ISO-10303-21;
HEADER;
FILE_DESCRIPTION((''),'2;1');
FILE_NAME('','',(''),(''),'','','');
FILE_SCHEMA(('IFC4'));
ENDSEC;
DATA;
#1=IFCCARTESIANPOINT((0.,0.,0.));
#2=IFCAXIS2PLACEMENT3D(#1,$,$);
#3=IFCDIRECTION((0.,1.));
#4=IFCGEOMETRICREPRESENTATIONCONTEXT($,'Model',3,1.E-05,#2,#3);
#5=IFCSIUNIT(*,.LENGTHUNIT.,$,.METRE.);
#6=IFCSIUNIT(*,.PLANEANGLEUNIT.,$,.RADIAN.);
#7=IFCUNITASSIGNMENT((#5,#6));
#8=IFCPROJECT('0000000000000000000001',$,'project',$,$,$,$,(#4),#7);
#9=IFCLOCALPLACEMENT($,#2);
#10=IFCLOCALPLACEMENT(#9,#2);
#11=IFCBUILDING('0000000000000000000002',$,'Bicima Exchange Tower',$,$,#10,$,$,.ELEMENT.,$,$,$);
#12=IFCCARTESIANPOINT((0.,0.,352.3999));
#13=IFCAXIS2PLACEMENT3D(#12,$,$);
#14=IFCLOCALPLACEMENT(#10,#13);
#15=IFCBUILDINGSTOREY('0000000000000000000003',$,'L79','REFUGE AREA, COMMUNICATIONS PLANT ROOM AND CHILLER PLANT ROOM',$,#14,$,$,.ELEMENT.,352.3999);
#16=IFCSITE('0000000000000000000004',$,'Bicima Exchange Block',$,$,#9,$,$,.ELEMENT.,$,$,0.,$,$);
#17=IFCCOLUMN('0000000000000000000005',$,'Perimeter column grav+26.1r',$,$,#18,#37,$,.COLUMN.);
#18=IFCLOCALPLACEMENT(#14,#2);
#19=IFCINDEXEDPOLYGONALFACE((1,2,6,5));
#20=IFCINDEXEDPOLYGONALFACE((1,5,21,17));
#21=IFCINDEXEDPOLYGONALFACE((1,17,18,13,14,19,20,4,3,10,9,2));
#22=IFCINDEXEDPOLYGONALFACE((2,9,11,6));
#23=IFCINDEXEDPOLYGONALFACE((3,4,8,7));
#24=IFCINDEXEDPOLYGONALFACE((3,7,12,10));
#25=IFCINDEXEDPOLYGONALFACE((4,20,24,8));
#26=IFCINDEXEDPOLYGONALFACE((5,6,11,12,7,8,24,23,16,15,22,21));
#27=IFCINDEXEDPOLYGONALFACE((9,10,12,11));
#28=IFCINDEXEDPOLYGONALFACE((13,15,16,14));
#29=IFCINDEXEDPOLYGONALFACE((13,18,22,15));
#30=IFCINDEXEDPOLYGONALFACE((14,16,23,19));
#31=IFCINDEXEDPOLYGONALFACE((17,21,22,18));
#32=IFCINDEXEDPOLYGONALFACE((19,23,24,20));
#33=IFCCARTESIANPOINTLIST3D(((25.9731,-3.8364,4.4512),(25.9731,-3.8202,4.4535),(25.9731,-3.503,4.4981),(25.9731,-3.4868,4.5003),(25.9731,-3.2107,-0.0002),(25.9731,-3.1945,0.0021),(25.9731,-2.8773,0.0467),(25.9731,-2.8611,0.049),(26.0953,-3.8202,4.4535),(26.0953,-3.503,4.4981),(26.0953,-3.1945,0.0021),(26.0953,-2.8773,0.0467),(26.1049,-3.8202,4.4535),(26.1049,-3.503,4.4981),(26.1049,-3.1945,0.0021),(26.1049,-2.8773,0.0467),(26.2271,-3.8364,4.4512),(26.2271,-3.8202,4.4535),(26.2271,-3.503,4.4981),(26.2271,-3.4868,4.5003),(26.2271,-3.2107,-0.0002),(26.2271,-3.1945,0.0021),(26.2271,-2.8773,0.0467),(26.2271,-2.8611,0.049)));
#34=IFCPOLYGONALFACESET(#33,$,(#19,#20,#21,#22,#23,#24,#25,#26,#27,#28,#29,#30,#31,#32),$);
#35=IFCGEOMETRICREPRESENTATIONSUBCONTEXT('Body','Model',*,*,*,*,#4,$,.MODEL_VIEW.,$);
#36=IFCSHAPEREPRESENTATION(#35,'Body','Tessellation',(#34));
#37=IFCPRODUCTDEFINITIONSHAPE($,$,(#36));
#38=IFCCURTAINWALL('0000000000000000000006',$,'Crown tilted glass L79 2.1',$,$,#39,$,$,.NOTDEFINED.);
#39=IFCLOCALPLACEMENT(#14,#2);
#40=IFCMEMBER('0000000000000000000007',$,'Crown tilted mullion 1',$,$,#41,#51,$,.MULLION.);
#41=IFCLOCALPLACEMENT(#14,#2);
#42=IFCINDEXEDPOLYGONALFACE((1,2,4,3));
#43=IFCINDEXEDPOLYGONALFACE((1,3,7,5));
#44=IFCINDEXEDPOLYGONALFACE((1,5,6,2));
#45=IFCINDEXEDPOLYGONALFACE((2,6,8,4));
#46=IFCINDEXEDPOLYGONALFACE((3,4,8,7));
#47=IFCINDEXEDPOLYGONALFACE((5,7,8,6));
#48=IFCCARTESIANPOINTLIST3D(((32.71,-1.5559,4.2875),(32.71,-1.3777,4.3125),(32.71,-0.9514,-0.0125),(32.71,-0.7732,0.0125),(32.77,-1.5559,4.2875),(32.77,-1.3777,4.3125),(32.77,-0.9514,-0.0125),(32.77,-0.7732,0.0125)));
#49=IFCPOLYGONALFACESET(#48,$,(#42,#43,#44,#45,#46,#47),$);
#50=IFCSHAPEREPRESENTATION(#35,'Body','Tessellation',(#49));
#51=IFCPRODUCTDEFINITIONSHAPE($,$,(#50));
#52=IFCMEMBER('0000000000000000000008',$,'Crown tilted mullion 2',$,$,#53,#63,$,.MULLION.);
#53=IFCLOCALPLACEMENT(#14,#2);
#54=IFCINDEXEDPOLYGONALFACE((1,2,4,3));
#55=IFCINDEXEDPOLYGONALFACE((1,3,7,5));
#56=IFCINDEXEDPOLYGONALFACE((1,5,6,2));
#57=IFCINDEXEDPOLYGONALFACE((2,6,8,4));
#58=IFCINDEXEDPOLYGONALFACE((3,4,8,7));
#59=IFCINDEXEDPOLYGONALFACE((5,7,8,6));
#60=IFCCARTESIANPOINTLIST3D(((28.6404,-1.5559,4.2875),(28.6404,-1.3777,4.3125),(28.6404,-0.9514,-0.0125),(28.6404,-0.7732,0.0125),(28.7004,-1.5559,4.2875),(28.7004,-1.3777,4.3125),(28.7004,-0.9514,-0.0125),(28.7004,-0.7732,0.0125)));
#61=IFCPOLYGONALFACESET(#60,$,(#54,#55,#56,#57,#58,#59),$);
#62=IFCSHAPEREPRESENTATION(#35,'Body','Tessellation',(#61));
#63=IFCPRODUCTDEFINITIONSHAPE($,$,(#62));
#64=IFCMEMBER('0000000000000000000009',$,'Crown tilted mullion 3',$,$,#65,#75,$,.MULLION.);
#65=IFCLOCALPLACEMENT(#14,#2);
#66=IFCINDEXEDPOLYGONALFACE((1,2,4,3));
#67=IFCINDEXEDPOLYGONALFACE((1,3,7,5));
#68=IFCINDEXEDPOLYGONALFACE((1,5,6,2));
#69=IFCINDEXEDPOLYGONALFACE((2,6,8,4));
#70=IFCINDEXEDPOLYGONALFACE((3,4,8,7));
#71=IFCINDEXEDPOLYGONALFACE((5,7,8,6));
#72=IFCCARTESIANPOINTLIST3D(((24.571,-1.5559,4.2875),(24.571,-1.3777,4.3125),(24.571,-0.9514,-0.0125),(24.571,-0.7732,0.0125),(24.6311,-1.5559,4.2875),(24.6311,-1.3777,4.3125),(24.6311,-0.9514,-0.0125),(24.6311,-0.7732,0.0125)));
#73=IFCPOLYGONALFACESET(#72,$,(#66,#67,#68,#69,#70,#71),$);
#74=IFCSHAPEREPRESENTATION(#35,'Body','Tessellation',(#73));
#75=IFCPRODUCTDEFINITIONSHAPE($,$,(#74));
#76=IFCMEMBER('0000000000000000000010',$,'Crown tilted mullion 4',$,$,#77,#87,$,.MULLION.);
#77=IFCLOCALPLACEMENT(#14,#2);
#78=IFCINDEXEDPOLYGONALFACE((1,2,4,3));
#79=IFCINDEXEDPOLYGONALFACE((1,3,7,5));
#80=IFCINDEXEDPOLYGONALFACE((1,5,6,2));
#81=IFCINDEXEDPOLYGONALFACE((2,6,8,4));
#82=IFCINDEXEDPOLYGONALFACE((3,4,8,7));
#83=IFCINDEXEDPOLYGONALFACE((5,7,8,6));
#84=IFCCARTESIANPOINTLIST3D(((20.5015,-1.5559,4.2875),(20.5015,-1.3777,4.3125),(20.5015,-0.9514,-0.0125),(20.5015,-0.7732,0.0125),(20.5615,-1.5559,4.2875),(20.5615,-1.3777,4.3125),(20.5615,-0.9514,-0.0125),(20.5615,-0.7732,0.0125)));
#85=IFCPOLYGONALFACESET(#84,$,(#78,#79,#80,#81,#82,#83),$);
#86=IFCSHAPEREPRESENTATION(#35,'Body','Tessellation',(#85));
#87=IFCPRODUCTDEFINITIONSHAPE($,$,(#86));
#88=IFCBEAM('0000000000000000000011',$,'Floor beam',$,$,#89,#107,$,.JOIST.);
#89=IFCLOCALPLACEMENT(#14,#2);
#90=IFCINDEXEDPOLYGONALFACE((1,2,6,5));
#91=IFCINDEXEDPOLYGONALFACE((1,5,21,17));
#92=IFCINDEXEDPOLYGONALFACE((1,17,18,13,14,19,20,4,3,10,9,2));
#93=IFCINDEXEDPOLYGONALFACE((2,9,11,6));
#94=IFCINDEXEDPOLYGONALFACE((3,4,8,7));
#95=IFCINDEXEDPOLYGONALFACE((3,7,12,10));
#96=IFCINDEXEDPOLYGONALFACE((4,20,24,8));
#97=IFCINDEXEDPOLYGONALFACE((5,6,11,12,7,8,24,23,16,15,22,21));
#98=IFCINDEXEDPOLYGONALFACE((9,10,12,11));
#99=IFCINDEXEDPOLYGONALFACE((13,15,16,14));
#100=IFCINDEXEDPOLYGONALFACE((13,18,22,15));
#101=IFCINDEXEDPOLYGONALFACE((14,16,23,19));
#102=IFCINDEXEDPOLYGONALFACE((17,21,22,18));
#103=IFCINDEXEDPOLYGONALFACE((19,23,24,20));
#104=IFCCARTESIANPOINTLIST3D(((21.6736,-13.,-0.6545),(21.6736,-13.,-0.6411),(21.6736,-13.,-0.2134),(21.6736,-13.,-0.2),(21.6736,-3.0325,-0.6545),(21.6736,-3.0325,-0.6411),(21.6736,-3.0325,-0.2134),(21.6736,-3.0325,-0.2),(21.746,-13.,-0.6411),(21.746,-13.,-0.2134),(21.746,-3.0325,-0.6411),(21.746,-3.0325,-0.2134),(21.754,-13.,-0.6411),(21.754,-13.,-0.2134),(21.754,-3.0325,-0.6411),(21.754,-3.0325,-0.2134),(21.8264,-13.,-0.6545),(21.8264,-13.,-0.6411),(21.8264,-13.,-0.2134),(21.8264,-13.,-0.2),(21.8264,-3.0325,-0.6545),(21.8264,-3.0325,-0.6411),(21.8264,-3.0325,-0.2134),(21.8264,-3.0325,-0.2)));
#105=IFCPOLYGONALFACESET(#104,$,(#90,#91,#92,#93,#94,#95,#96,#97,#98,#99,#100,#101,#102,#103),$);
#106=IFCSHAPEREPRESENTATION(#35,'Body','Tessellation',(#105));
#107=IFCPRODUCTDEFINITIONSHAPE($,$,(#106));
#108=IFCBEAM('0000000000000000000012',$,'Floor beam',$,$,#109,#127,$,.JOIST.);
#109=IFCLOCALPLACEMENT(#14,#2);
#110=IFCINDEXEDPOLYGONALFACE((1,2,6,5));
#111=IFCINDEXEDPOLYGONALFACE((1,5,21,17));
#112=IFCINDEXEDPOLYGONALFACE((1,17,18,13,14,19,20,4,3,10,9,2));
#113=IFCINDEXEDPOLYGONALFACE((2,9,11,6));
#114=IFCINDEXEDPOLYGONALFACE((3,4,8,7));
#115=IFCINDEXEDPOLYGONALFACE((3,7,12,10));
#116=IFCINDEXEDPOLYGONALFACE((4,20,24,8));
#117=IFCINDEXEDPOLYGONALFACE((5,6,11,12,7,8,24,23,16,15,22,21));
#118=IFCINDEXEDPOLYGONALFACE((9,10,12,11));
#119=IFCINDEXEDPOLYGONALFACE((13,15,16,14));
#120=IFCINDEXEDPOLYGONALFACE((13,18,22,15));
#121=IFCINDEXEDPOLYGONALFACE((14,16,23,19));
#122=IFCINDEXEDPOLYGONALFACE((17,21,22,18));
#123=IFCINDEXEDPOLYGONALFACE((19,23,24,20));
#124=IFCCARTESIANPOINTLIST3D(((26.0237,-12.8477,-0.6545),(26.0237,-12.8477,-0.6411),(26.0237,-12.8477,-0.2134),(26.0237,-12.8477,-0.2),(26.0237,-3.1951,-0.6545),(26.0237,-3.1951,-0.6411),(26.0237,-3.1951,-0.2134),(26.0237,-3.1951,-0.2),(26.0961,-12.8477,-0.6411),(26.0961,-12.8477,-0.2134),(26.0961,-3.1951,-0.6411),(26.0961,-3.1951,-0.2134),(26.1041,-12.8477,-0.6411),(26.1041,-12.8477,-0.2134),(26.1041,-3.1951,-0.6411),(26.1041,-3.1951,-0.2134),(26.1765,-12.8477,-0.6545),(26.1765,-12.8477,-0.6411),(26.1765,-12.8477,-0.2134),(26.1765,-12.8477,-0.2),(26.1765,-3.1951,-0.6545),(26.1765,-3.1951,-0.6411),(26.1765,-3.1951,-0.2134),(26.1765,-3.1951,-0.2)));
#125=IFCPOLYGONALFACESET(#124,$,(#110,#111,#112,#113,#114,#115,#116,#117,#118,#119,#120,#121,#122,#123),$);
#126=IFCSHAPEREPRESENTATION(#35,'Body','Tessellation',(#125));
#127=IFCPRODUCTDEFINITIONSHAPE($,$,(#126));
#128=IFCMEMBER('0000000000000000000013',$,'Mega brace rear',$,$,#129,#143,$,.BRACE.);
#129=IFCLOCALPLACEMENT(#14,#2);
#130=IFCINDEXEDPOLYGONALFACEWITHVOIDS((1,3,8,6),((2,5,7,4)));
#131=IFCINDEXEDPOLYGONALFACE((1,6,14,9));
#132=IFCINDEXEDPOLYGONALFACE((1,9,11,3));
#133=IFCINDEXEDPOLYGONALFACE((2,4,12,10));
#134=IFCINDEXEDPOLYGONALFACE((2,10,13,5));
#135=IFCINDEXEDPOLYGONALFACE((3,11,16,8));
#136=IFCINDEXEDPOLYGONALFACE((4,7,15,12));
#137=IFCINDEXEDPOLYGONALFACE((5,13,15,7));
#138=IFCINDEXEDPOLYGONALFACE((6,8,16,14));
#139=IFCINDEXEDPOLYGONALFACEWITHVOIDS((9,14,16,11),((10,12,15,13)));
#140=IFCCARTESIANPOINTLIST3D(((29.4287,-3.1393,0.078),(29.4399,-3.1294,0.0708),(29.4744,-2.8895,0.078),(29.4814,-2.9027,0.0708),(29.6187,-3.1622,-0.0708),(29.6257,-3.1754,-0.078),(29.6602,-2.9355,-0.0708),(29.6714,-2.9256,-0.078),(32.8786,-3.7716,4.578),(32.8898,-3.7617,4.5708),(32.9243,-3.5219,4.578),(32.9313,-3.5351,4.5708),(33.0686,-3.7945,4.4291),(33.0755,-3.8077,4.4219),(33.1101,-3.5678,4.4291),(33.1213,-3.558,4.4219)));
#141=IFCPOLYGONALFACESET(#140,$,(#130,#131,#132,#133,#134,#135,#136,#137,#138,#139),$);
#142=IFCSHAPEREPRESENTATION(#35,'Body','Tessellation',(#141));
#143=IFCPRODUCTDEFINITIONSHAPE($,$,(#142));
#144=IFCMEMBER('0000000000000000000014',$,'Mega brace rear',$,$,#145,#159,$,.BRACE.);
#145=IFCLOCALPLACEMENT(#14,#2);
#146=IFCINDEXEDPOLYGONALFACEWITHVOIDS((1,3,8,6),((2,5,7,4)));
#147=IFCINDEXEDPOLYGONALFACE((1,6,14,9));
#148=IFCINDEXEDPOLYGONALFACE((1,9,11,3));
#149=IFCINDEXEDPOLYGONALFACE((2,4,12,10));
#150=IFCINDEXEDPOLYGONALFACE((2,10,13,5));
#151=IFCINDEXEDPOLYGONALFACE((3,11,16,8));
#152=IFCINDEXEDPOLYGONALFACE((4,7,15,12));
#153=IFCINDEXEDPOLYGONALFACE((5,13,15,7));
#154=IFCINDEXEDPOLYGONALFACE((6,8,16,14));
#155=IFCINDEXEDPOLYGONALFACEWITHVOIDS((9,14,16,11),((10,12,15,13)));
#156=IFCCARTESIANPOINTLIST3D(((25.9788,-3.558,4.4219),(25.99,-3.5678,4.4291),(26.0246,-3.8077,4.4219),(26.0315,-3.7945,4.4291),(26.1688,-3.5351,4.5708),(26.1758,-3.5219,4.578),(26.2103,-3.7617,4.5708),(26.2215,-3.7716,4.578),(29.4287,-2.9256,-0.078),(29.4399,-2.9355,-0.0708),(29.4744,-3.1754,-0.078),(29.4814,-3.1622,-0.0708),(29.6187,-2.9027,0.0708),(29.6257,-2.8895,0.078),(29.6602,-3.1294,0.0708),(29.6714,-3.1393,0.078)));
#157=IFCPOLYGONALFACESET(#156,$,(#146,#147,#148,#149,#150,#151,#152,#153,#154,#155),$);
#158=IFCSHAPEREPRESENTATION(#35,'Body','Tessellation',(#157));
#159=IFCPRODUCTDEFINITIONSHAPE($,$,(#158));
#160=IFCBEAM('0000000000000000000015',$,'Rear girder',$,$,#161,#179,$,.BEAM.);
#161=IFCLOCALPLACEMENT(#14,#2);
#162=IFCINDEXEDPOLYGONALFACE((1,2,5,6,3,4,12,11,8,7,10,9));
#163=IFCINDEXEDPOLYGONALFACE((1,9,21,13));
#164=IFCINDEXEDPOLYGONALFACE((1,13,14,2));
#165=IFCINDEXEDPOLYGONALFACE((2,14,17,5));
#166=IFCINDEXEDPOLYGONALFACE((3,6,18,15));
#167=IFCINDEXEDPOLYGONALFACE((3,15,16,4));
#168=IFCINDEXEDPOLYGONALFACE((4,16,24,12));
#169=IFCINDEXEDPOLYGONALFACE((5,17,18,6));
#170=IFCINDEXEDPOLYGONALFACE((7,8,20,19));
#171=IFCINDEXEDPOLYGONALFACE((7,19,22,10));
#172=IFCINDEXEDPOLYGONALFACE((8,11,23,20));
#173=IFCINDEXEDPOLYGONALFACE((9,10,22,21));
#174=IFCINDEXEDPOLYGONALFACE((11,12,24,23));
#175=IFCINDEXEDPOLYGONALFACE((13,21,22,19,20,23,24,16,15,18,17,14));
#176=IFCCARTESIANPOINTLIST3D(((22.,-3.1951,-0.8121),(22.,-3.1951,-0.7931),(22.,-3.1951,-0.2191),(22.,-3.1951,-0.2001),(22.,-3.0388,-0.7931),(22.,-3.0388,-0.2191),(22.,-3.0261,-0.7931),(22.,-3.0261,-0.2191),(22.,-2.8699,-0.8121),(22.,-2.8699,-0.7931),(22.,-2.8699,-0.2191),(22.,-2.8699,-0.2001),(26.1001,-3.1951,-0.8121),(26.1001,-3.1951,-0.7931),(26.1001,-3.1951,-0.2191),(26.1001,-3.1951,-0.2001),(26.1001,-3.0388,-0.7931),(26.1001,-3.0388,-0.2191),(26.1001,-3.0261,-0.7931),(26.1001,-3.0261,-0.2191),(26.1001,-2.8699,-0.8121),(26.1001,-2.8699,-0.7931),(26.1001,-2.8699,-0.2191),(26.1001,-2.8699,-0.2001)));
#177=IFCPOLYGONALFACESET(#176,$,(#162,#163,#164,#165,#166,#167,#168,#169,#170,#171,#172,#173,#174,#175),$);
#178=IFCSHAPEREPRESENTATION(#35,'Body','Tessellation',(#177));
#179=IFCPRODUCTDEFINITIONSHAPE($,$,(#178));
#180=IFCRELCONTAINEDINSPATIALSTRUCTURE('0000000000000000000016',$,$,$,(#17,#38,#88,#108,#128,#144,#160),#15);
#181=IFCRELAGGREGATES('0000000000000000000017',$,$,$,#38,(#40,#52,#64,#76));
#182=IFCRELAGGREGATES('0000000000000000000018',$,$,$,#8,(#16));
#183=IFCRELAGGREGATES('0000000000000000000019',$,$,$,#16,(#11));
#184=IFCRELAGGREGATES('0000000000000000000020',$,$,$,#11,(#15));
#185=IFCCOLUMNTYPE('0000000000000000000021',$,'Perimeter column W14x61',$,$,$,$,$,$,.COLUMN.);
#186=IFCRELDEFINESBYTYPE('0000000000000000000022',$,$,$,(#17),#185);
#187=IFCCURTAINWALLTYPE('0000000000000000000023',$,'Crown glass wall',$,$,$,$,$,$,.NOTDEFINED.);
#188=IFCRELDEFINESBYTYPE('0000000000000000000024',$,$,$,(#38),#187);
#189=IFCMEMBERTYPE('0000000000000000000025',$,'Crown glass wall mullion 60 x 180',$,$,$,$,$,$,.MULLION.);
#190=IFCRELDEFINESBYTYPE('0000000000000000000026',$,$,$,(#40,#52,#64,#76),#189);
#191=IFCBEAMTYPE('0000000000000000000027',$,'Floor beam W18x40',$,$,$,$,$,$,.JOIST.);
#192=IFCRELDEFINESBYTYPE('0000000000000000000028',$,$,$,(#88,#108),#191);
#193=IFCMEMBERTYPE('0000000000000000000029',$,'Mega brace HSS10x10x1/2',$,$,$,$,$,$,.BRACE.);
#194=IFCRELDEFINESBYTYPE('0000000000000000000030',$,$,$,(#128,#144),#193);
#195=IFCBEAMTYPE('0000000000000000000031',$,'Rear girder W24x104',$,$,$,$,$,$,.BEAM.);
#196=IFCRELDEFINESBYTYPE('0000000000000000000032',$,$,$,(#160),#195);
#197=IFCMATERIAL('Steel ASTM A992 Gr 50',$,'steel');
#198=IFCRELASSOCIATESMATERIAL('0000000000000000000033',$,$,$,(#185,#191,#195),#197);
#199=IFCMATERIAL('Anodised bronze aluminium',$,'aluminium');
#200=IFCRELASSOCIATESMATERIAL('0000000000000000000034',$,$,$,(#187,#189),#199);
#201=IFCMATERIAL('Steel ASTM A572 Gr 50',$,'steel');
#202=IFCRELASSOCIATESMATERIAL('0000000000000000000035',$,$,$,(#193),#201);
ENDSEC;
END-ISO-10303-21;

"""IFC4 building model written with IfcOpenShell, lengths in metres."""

from ifc_helpers import new_model, si_unit, direction, frame, origin, origin_2d, place, context, subcontext, project, spatial, rectangle, hollow_rectangle, i_section, extrude, material, material_profile, profile_set, type_object, element, aggregate, save


model = new_model("IFC4")

# Units and contexts
model_context = context("Model", 3, precision=1e-05, world=origin(), true_north=direction((0.0, 1.0)))
body_context = subcontext(model_context, "Body", "Model", "MODEL_VIEW")
ifc_project = project(units=[si_unit("LENGTHUNIT", "METRE"), si_unit("PLANEANGLEUNIT", "RADIAN")], contexts=[model_context])

# Site, building, storey
site_placement = place(None, origin())
site = spatial("IfcSite", under=ifc_project, at=site_placement, Name="Bicima Exchange Block", CompositionType="ELEMENT", RefElevation=0.0)
building_placement = place(site_placement, origin())
building = spatial("IfcBuilding", under=site, at=building_placement, Name="Bicima Exchange Tower", CompositionType="ELEMENT")
storey_placement = place(building_placement, frame((0.0, 0.0, 352.3999)))
storey = spatial("IfcBuildingStorey", under=building, at=storey_placement, Name="L79", Description="REFUGE AREA, COMMUNICATIONS PLANT ROOM AND CHILLER PLANT ROOM", CompositionType="ELEMENT", Elevation=352.3999)

# Column
ifc_material_1 = material(Name="Steel ASTM A992 Gr 50", Category="steel")
ifc_material_profile_1 = material_profile(ifc_material_1, i_section(OverallWidth=0.2539, OverallDepth=0.353, WebThickness=0.0095, FlangeThickness=0.0164, at=origin_2d()))
ifc_profile_set_1 = profile_set([ifc_material_profile_1], Name="Steel ASTM A992 Gr 50")
column_type = type_object("IfcColumnType", Name="Perimeter column W14x61", PredefinedType="COLUMN", material=ifc_profile_set_1)
column_placement = place(storey_placement, frame((26.1001, -3.0359, 0.0244), z_axis=(0.0, -0.139201, 0.990264), x_axis=(1.0, 0.0, 0.0)))
element("IfcColumn", 1, at=column_placement, inside=storey, type_object=column_type, Name="Perimeter column grav+26.1r", PredefinedType="COLUMN", context=body_context, shape_type="SweptSolid", body=[
    extrude(i_section(OverallWidth=0.2539, OverallDepth=0.353, WebThickness=0.0095, FlangeThickness=0.0164, at=origin_2d()), origin(), (0.0, 0.0, 1.0), 4.4951),
])

# Curtain wall, members
ifc_material_2 = material(Name="Anodised bronze aluminium", Category="aluminium")
curtain_wall_type = type_object("IfcCurtainWallType", Name="Crown glass wall", PredefinedType="NOTDEFINED", material=ifc_material_2)
curtain_wall_placement = place(storey_placement, origin())
curtain_wall = element("IfcCurtainWall", 2, at=curtain_wall_placement, inside=storey, type_object=curtain_wall_type, Name="Crown tilted glass L79 2.1", PredefinedType="NOTDEFINED")
ifc_material_profile_2 = material_profile(ifc_material_2, rectangle(XDim=0.1799, YDim=0.0601, at=origin_2d()))
ifc_profile_set_2 = profile_set([ifc_material_profile_2], Name="Anodised bronze aluminium")
member_type_1 = type_object("IfcMemberType", Name="Crown glass wall mullion 60 x 180", PredefinedType="MULLION", material=ifc_profile_set_2)
member_1_placement = place(storey_placement, frame((32.74, -0.8623, 0.0), z_axis=(0.0, -0.139209, 0.990263), x_axis=(0.0, -0.990263, -0.139209)))
member_1 = element("IfcMember", 3, at=member_1_placement, type_object=member_type_1, Name="Crown tilted mullion 1", PredefinedType="MULLION", context=body_context, shape_type="SweptSolid", body=[
    extrude(rectangle(XDim=0.1799, YDim=0.0601, at=origin_2d()), origin(), (0.0, 0.0, 1.0), 4.3423),
])
member_2_placement = place(storey_placement, frame((28.6704, -0.8623, 0.0), z_axis=(0.0, -0.139209, 0.990263), x_axis=(0.0, -0.990263, -0.139209)))
member_2 = element("IfcMember", 4, at=member_2_placement, type_object=member_type_1, Name="Crown tilted mullion 2", PredefinedType="MULLION", context=body_context, shape_type="SweptSolid", body=[
    extrude(rectangle(XDim=0.1799, YDim=0.0601, at=origin_2d()), origin(), (0.0, 0.0, 1.0), 4.3423),
])
member_3_placement = place(storey_placement, frame((24.6011, -0.8623, 0.0), z_axis=(0.0, -0.139209, 0.990263), x_axis=(0.0, -0.990263, -0.139209)))
member_3 = element("IfcMember", 5, at=member_3_placement, type_object=member_type_1, Name="Crown tilted mullion 3", PredefinedType="MULLION", context=body_context, shape_type="SweptSolid", body=[
    extrude(rectangle(XDim=0.1799, YDim=0.0601, at=origin_2d()), origin(), (0.0, 0.0, 1.0), 4.3423),
])
member_4_placement = place(storey_placement, frame((20.5315, -0.8623, 0.0), z_axis=(0.0, -0.139209, 0.990263), x_axis=(0.0, -0.990263, -0.139209)))
member_4 = element("IfcMember", 6, at=member_4_placement, type_object=member_type_1, Name="Crown tilted mullion 4", PredefinedType="MULLION", context=body_context, shape_type="SweptSolid", body=[
    extrude(rectangle(XDim=0.1799, YDim=0.0601, at=origin_2d()), origin(), (0.0, 0.0, 1.0), 4.3423),
])

# Beams
ifc_material_profile_3 = material_profile(ifc_material_1, i_section(OverallWidth=0.1528, OverallDepth=0.4546, WebThickness=0.0081, FlangeThickness=0.0134, at=origin_2d()))
ifc_profile_set_3 = profile_set([ifc_material_profile_3], Name="Steel ASTM A992 Gr 50")
beam_type_1 = type_object("IfcBeamType", Name="Floor beam W18x40", PredefinedType="JOIST", material=ifc_profile_set_3)
beam_1_placement = place(storey_placement, frame((21.75, -3.0325, -0.4272), z_axis=(0.0, -1.0, 0.0), x_axis=(1.0, 0.0, 0.0)))
element("IfcBeam", 7, at=beam_1_placement, inside=storey, type_object=beam_type_1, Name="Floor beam", PredefinedType="JOIST", context=body_context, shape_type="SweptSolid", body=[
    extrude(i_section(OverallWidth=0.1528, OverallDepth=0.4546, WebThickness=0.0081, FlangeThickness=0.0134, at=origin_2d()), origin(), (0.0, 0.0, 1.0), 9.9675),
])
beam_2_placement = place(storey_placement, frame((26.1001, -3.1951, -0.4272), z_axis=(0.0, -1.0, 0.0), x_axis=(1.0, 0.0, 0.0)))
element("IfcBeam", 8, at=beam_2_placement, inside=storey, type_object=beam_type_1, Name="Floor beam", PredefinedType="JOIST", context=body_context, shape_type="SweptSolid", body=[
    extrude(i_section(OverallWidth=0.1528, OverallDepth=0.4546, WebThickness=0.0081, FlangeThickness=0.0134, at=origin_2d()), origin(), (0.0, 0.0, 1.0), 9.6526),
])

# Members
ifc_material_3 = material(Name="Steel ASTM A572 Gr 50", Category="steel")
ifc_material_profile_4 = material_profile(ifc_material_3, hollow_rectangle(XDim=0.2539, YDim=0.2539, WallThickness=0.0117, at=origin_2d()))
ifc_profile_set_4 = profile_set([ifc_material_profile_4], Name="Steel ASTM A572 Gr 50")
member_type_2 = type_object("IfcMemberType", Name="Mega brace HSS10x10x1/2", PredefinedType="BRACE", material=ifc_profile_set_4)
for number, where, z_axis, x_axis, name in (
    (9, (29.55, -3.0325, 0.0), (0.604678, -0.110828, 0.788722), (0.180282, 0.983615, 0.0), "Mega brace rear"),
    (10, (29.55, -3.0325, 0.0), (-0.604678, -0.110828, 0.788722), (0.180282, -0.983615, 0.0), "Mega brace rear"),
):
    element("IfcMember", number, at=place(storey_placement, frame(where, z_axis=z_axis, x_axis=x_axis)), inside=storey, type_object=member_type_2, Name=name, PredefinedType="BRACE", context=body_context, shape_type="SweptSolid", body=[
        extrude(hollow_rectangle(XDim=0.2539, YDim=0.2539, WallThickness=0.0117, at=origin_2d()), origin(), (0.0, 0.0, 1.0), 5.7053),
    ])

# Beam
ifc_material_profile_5 = material_profile(ifc_material_1, i_section(OverallWidth=0.3252, OverallDepth=0.6121, WebThickness=0.0127, FlangeThickness=0.019, at=origin_2d()))
ifc_profile_set_5 = profile_set([ifc_material_profile_5], Name="Steel ASTM A992 Gr 50")
beam_type_2 = type_object("IfcBeamType", Name="Rear girder W24x104", PredefinedType="BEAM", material=ifc_profile_set_5)
beam_3_placement = place(storey_placement, frame((22.0, -3.0325, -0.5061), z_axis=(1.0, 0.0, 0.0), x_axis=(0.0, 1.0, 0.0)))
element("IfcBeam", 11, at=beam_3_placement, inside=storey, type_object=beam_type_2, Name="Rear girder", PredefinedType="BEAM", context=body_context, shape_type="SweptSolid", body=[
    extrude(i_section(OverallWidth=0.3252, OverallDepth=0.6121, WebThickness=0.0127, FlangeThickness=0.019, at=origin_2d()), origin(), (0.0, 0.0, 1.0), 4.1001),
])

aggregate(curtain_wall, [member_1, member_2, member_3, member_4])

save(model, "model.ifc")
